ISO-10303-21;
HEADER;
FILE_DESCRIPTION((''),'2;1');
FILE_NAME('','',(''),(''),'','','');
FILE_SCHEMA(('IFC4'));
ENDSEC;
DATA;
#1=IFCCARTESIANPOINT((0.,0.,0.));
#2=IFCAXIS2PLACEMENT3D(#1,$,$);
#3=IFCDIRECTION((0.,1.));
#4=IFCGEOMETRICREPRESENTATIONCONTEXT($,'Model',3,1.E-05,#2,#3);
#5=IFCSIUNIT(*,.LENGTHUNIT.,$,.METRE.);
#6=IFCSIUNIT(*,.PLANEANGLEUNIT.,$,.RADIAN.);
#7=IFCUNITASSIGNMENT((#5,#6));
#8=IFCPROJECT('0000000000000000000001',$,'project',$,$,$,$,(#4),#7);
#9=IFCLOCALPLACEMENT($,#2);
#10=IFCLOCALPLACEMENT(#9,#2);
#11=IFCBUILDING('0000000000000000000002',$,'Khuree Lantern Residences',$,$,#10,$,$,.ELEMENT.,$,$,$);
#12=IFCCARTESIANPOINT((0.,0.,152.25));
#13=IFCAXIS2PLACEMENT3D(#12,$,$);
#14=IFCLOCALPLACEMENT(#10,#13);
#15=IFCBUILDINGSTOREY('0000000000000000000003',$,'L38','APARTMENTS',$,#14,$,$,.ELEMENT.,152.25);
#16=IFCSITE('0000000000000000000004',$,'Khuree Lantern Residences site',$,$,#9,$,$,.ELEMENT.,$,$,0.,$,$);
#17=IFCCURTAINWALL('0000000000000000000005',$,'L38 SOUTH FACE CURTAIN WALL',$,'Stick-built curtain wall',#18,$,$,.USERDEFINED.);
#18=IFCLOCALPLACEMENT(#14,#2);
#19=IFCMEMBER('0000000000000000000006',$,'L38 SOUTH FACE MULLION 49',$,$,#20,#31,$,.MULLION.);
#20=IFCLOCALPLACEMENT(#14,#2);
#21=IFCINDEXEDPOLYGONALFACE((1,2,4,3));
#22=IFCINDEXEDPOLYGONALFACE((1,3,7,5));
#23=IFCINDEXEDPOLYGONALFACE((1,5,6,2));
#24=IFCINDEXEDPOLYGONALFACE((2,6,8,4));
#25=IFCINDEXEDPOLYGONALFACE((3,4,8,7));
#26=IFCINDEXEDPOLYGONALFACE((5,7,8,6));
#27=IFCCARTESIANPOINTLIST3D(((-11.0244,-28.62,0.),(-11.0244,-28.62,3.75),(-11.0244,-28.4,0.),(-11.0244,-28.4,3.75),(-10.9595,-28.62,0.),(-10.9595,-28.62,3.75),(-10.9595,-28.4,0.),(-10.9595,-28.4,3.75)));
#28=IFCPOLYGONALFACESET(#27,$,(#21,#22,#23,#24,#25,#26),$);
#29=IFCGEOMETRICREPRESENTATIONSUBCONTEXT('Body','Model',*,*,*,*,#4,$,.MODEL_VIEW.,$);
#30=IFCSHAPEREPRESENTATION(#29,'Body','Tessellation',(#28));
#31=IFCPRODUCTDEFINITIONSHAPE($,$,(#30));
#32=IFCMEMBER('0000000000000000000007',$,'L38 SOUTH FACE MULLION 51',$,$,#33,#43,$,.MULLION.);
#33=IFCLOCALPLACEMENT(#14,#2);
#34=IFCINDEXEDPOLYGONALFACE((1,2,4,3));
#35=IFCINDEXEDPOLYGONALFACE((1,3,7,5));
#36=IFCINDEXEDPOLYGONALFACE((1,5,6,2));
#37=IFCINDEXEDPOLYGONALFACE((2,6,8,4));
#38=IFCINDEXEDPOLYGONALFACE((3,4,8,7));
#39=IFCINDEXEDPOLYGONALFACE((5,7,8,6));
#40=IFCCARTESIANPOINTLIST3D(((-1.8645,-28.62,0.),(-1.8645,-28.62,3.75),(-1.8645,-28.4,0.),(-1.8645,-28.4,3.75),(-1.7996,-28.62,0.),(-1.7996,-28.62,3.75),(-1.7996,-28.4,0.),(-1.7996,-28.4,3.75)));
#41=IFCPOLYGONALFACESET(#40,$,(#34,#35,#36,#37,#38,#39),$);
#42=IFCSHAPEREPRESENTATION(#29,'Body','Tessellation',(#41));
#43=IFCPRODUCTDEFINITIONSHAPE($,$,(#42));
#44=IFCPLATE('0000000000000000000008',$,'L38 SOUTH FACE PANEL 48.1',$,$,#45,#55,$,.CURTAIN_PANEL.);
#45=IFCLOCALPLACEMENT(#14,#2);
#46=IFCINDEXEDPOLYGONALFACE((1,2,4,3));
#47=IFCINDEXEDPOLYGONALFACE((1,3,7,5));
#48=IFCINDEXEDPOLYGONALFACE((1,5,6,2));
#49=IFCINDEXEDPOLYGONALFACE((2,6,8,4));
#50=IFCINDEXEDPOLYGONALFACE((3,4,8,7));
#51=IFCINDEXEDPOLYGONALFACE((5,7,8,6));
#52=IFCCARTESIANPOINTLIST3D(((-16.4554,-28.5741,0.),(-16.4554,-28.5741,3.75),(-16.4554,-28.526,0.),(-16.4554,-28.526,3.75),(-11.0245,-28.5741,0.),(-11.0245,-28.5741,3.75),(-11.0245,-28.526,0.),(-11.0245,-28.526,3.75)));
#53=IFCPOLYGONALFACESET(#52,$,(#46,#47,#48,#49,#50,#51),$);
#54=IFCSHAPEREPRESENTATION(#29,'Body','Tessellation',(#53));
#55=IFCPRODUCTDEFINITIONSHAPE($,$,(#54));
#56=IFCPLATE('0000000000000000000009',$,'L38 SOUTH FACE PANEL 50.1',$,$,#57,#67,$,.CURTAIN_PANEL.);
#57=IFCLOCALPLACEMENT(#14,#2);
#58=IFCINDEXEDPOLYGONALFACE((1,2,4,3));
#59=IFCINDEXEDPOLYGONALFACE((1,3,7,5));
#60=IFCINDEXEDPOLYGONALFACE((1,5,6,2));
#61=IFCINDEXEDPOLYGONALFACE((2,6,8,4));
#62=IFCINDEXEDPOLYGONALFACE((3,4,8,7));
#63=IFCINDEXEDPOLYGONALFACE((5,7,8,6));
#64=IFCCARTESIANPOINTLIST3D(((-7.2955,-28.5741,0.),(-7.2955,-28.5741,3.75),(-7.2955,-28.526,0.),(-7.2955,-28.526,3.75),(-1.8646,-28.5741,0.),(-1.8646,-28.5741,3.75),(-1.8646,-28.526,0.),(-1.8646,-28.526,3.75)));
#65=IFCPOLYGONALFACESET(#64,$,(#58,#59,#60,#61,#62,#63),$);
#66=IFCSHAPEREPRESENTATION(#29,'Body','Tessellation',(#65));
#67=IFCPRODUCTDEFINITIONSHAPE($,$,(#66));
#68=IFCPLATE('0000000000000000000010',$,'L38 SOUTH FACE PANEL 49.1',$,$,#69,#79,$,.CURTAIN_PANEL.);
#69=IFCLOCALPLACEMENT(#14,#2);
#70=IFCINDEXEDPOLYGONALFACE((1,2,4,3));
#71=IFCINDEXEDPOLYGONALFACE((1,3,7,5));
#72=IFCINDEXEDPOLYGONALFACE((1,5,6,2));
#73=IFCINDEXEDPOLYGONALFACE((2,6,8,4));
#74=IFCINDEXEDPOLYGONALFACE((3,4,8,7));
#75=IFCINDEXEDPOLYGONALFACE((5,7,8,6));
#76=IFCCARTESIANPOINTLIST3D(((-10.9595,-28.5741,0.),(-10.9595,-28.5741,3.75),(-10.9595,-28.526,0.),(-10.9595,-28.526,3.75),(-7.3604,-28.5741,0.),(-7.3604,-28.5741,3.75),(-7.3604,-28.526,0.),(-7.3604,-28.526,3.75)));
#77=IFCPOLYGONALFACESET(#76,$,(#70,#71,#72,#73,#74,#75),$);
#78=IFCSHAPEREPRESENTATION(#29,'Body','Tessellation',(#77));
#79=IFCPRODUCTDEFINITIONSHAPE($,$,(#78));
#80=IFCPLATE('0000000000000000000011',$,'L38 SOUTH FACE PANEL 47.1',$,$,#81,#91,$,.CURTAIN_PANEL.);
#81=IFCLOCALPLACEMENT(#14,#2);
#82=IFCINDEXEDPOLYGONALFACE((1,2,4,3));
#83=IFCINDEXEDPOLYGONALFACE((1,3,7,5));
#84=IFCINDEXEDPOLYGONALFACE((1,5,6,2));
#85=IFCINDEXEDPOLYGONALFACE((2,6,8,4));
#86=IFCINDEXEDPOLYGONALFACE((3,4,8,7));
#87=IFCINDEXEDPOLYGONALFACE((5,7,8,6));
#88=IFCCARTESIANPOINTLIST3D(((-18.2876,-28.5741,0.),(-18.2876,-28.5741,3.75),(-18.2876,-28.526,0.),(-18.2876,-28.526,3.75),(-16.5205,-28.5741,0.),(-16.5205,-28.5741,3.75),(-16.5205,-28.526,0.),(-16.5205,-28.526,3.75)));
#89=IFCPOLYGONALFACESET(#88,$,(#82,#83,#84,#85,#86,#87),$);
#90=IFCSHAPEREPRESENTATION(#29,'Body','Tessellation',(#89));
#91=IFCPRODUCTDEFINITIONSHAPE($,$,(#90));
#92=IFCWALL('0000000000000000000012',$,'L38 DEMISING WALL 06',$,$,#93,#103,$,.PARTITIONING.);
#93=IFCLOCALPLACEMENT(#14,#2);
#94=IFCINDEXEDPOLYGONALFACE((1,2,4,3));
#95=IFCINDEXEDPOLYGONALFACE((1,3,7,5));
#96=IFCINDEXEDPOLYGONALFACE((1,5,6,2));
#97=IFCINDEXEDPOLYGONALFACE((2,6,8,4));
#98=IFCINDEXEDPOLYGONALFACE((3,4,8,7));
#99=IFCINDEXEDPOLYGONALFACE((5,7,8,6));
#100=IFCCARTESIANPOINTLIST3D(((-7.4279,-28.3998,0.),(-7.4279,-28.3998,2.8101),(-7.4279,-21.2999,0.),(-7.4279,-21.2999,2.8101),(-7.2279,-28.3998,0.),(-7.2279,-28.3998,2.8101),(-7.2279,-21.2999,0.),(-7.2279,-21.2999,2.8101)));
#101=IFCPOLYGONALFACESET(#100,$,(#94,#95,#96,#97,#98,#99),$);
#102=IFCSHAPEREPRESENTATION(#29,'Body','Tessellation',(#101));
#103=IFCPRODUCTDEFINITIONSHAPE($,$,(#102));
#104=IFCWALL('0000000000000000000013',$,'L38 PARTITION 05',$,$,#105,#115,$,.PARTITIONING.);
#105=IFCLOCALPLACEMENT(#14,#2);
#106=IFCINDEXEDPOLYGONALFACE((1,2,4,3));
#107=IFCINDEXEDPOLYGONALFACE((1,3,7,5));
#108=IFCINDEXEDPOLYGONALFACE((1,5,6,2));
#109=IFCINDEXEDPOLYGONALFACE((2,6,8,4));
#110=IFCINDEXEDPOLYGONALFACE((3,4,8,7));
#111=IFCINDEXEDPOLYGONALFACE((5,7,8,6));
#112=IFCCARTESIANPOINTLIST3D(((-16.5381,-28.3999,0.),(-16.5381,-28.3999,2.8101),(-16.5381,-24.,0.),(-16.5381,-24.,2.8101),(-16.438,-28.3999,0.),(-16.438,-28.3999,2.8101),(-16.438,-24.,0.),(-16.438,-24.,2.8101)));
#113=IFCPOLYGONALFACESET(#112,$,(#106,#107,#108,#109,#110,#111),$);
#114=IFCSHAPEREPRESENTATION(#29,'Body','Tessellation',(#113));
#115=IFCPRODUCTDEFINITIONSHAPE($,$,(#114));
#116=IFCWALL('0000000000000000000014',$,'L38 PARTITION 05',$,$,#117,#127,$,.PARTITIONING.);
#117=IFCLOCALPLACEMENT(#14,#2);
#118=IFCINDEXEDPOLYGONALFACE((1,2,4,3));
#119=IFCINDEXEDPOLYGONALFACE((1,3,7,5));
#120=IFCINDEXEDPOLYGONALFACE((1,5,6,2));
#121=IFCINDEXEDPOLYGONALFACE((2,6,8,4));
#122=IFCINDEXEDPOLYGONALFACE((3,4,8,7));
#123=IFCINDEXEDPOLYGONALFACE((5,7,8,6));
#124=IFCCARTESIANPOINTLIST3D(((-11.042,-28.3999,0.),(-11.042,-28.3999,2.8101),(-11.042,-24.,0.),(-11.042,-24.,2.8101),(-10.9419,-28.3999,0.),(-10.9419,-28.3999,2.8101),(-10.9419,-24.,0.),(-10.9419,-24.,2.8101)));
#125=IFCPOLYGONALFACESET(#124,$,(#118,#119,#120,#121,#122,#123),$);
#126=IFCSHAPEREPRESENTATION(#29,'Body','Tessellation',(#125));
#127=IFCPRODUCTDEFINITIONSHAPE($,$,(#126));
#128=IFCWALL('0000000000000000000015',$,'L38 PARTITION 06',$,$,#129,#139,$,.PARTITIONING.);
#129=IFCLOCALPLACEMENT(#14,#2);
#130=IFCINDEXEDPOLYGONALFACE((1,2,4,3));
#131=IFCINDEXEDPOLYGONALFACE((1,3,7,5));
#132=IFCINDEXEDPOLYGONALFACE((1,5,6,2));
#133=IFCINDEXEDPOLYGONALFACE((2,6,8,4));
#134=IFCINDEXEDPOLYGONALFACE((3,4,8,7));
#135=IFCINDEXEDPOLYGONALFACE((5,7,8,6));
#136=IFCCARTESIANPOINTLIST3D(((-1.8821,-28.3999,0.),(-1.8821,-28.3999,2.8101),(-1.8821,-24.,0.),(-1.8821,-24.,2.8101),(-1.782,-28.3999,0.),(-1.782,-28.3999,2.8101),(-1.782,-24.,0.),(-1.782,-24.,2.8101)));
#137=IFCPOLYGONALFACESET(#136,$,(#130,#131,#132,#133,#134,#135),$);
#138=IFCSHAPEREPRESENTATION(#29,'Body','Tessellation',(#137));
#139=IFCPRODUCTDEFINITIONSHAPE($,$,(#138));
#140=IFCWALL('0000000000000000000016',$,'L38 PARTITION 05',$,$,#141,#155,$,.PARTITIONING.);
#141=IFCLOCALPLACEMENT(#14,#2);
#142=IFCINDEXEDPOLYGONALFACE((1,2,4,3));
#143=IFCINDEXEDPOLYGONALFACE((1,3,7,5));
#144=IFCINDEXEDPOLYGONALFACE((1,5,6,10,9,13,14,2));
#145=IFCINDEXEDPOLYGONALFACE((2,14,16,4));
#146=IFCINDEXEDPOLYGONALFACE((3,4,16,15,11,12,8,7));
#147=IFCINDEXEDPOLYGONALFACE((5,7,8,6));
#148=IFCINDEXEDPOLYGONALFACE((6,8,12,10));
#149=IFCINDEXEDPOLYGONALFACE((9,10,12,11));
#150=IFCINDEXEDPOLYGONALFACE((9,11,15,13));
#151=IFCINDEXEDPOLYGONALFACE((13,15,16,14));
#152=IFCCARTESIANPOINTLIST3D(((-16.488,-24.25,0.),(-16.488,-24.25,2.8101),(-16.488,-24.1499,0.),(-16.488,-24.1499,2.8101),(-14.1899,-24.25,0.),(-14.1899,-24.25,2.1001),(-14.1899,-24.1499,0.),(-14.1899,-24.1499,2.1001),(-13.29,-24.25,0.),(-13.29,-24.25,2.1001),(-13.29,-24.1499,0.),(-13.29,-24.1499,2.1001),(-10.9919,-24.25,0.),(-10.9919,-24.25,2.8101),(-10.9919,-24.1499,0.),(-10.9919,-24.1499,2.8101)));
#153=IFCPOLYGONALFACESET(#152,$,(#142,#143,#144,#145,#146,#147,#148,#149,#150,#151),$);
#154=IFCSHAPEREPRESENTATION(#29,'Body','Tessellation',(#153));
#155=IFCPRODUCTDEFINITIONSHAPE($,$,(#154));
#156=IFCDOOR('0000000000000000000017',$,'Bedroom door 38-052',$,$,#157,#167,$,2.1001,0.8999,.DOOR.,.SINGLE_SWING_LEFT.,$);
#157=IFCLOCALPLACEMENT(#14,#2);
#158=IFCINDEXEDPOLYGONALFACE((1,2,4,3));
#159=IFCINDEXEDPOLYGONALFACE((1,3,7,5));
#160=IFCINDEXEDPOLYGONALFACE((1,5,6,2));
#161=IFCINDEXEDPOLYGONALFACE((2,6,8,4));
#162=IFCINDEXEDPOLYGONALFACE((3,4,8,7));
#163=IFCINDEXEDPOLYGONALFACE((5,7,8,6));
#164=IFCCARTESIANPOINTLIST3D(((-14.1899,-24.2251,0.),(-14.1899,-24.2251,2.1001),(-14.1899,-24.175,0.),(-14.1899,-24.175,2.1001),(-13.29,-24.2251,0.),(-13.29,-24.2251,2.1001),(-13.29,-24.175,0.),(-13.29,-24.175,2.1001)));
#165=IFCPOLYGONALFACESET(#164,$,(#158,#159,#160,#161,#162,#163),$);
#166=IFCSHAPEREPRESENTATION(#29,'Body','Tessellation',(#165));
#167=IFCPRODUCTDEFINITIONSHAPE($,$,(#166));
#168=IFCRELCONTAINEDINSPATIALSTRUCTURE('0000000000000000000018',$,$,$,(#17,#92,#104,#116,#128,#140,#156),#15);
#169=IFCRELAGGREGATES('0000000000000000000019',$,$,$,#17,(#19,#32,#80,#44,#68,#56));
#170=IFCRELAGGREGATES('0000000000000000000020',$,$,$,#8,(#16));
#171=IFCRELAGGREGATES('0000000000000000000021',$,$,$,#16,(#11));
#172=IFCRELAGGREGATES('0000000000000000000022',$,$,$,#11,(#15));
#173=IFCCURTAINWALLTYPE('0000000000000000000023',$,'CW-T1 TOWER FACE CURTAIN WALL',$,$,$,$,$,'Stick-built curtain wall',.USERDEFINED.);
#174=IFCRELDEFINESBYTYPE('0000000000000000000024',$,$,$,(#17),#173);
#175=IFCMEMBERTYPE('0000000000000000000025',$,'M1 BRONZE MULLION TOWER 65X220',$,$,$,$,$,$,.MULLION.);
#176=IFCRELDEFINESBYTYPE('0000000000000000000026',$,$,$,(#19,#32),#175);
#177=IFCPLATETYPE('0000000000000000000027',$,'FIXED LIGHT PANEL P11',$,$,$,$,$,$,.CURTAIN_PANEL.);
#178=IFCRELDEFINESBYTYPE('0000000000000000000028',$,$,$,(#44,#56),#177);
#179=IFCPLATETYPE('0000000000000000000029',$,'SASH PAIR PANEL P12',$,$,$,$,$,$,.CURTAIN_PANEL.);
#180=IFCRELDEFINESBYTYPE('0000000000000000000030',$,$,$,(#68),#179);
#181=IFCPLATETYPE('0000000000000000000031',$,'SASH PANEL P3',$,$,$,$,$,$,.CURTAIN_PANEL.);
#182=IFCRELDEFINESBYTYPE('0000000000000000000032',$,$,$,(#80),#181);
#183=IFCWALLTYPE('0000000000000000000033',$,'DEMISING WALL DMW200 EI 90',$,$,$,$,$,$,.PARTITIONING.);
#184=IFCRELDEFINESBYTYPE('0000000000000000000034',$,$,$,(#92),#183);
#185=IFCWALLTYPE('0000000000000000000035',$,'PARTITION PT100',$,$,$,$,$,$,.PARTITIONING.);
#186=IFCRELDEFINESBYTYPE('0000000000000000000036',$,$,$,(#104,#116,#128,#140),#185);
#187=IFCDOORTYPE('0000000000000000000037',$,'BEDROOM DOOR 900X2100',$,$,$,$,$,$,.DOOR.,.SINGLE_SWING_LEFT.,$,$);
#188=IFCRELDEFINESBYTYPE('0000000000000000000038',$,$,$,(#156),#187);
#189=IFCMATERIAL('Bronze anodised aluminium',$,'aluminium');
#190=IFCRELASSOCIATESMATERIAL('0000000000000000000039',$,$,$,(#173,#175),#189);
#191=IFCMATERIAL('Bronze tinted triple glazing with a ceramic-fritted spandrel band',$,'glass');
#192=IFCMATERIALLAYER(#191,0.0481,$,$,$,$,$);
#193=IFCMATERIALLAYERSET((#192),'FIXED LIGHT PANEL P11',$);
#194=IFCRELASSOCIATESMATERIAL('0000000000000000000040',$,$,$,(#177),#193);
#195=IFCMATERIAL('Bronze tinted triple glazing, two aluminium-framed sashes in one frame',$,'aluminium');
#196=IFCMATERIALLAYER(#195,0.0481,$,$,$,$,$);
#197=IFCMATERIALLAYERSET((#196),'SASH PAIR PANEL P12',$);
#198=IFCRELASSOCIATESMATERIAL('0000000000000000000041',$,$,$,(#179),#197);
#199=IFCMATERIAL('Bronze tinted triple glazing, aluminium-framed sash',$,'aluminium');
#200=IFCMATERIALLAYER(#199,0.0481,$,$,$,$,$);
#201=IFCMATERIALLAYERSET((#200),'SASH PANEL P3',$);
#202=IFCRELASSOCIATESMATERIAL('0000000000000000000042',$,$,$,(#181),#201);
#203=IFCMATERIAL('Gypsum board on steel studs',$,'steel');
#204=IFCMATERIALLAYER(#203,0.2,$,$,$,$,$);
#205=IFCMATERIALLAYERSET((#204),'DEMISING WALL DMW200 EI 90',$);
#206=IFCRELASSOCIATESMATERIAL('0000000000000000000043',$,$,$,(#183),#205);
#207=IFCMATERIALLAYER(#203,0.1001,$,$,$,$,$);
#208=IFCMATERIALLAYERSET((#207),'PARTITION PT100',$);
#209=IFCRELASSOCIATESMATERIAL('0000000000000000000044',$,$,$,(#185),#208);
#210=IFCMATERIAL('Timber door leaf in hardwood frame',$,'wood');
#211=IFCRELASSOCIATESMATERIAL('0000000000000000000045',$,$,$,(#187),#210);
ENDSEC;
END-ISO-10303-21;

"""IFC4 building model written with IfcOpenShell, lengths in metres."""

from ifc_helpers import new_model, si_unit, direction, frame, frame_2d, origin, origin_2d, place, context, subcontext, project, spatial, rectangle, extrude, material, layer, layer_set, material_profile, profile_set, type_object, element, fill, aggregate, save


model = new_model("IFC4")

# Units and contexts
model_context = context("Model", 3, precision=1e-05, world=origin(), true_north=direction((0.0, 1.0)))
body_context = subcontext(model_context, "Body", "Model", "MODEL_VIEW")
ifc_project = project(units=[si_unit("LENGTHUNIT", "METRE"), si_unit("PLANEANGLEUNIT", "RADIAN")], contexts=[model_context])

# Site, building, storey
site_placement = place(None, origin())
site = spatial("IfcSite", under=ifc_project, at=site_placement, Name="Khuree Lantern Residences site", CompositionType="ELEMENT", RefElevation=0.0)
building_placement = place(site_placement, origin())
building = spatial("IfcBuilding", under=site, at=building_placement, Name="Khuree Lantern Residences", CompositionType="ELEMENT")
storey_placement = place(building_placement, frame((0.0, 0.0, 152.25)))
storey = spatial("IfcBuildingStorey", under=building, at=storey_placement, Name="L38", Description="APARTMENTS", CompositionType="ELEMENT", Elevation=152.25)

# Curtain wall
ifc_material_1 = material(Name="Bronze anodised aluminium", Category="aluminium")
curtain_wall_type = type_object("IfcCurtainWallType", Name="CW-T1 TOWER FACE CURTAIN WALL", ElementType="Stick-built curtain wall", PredefinedType="USERDEFINED", material=ifc_material_1)
curtain_wall_placement = place(storey_placement, origin())
curtain_wall = element("IfcCurtainWall", 1, at=curtain_wall_placement, inside=storey, type_object=curtain_wall_type, Name="L38 SOUTH FACE CURTAIN WALL", ObjectType="Stick-built curtain wall", PredefinedType="USERDEFINED")

# Members
ifc_material_profile_1 = material_profile(ifc_material_1, rectangle(XDim=0.0649, YDim=0.22, at=origin_2d()), Name="M1 65X220")
ifc_profile_set_1 = profile_set([ifc_material_profile_1], Name="Bronze anodised aluminium")
member_type_1 = type_object("IfcMemberType", Name="M1 BRONZE MULLION TOWER 65X220", PredefinedType="MULLION", material=ifc_profile_set_1)
member_1_placement = place(storey_placement, frame((-10.9919, -28.51, 0.0), z_axis=(0.0, 0.0, 1.0), x_axis=(1.0, 0.0, 0.0)))
member_1 = element("IfcMember", 2, at=member_1_placement, type_object=member_type_1, Name="L38 SOUTH FACE MULLION 49", PredefinedType="MULLION", context=body_context, shape_type="SweptSolid", body=[
    extrude(rectangle(XDim=0.0649, YDim=0.22, at=origin_2d()), origin(), (0.0, 0.0, 1.0), 3.75),
])
member_2_placement = place(storey_placement, frame((-1.832, -28.51, 0.0), z_axis=(0.0, 0.0, 1.0), x_axis=(1.0, 0.0, 0.0)))
member_2 = element("IfcMember", 3, at=member_2_placement, type_object=member_type_1, Name="L38 SOUTH FACE MULLION 51", PredefinedType="MULLION", context=body_context, shape_type="SweptSolid", body=[
    extrude(rectangle(XDim=0.0649, YDim=0.22, at=origin_2d()), origin(), (0.0, 0.0, 1.0), 3.75),
])

# Plates
ifc_material_2 = material(Name="Bronze tinted triple glazing with a ceramic-fritted spandrel band", Category="glass")
ifc_layer_1 = layer(ifc_material_2, 0.0481)
ifc_layer_set_1 = layer_set([ifc_layer_1], Name="FIXED LIGHT PANEL P11")
plate_type_1 = type_object("IfcPlateType", Name="FIXED LIGHT PANEL P11", PredefinedType="CURTAIN_PANEL", material=ifc_layer_set_1)
plate_1_placement = place(storey_placement, frame((-13.74, -28.55, 0.0), z_axis=(0.0, 0.0, 1.0), x_axis=(1.0, 0.0, 0.0)))
plate_1 = element("IfcPlate", 4, at=plate_1_placement, type_object=plate_type_1, Name="L38 SOUTH FACE PANEL 48.1", PredefinedType="CURTAIN_PANEL", context=body_context, shape_type="SweptSolid", body=[
    extrude(rectangle(XDim=5.4309, YDim=0.0481, at=origin_2d()), origin(), (0.0, 0.0, 1.0), 3.75),
])
plate_2_placement = place(storey_placement, frame((-4.5801, -28.55, 0.0), z_axis=(0.0, 0.0, 1.0), x_axis=(1.0, 0.0, 0.0)))
plate_2 = element("IfcPlate", 5, at=plate_2_placement, type_object=plate_type_1, Name="L38 SOUTH FACE PANEL 50.1", PredefinedType="CURTAIN_PANEL", context=body_context, shape_type="SweptSolid", body=[
    extrude(rectangle(XDim=5.4309, YDim=0.0481, at=origin_2d()), origin(), (0.0, 0.0, 1.0), 3.75),
])
ifc_material_3 = material(Name="Bronze tinted triple glazing, two aluminium-framed sashes in one frame", Category="aluminium")
ifc_layer_2 = layer(ifc_material_3, 0.0481)
ifc_layer_set_2 = layer_set([ifc_layer_2], Name="SASH PAIR PANEL P12")
plate_type_2 = type_object("IfcPlateType", Name="SASH PAIR PANEL P12", PredefinedType="CURTAIN_PANEL", material=ifc_layer_set_2)
plate_3_placement = place(storey_placement, frame((-9.1599, -28.55, 0.0), z_axis=(0.0, 0.0, 1.0), x_axis=(1.0, 0.0, 0.0)))
plate_3 = element("IfcPlate", 6, at=plate_3_placement, type_object=plate_type_2, Name="L38 SOUTH FACE PANEL 49.1", PredefinedType="CURTAIN_PANEL", context=body_context, shape_type="SweptSolid", body=[
    extrude(rectangle(XDim=3.5991, YDim=0.0481, at=origin_2d()), origin(), (0.0, 0.0, 1.0), 3.75),
])
ifc_material_4 = material(Name="Bronze tinted triple glazing, aluminium-framed sash", Category="aluminium")
ifc_layer_3 = layer(ifc_material_4, 0.0481)
ifc_layer_set_3 = layer_set([ifc_layer_3], Name="SASH PANEL P3")
plate_type_3 = type_object("IfcPlateType", Name="SASH PANEL P3", PredefinedType="CURTAIN_PANEL", material=ifc_layer_set_3)
plate_4_placement = place(storey_placement, frame((-17.4041, -28.55, 0.0), z_axis=(0.0, 0.0, 1.0), x_axis=(1.0, 0.0, 0.0)))
plate_4 = element("IfcPlate", 7, at=plate_4_placement, type_object=plate_type_3, Name="L38 SOUTH FACE PANEL 47.1", PredefinedType="CURTAIN_PANEL", context=body_context, shape_type="SweptSolid", body=[
    extrude(rectangle(XDim=1.7671, YDim=0.0481, at=origin_2d()), origin(), (0.0, 0.0, 1.0), 3.75),
])
aggregate(curtain_wall, [member_1, member_2, plate_4, plate_1, plate_3, plate_2])

# Walls
ifc_material_5 = material(Name="Gypsum board on steel studs", Category="steel")
ifc_layer_4 = layer(ifc_material_5, 0.2)
ifc_layer_set_4 = layer_set([ifc_layer_4], Name="DEMISING WALL DMW200 EI 90")
wall_type_1 = type_object("IfcWallType", Name="DEMISING WALL DMW200 EI 90", PredefinedType="PARTITIONING", material=ifc_layer_set_4)
wall_1_placement = place(storey_placement, frame((-7.3279, -21.3, 0.0), z_axis=(0.0, 0.0, 1.0), x_axis=(0.0, -1.0, 0.0)))
element("IfcWall", 8, at=wall_1_placement, inside=storey, type_object=wall_type_1, Name="L38 DEMISING WALL 06", PredefinedType="PARTITIONING", context=body_context, shape_type="SweptSolid", body=[
    extrude(rectangle(XDim=7.0999, YDim=0.2, at=frame_2d((3.5498, 0.0))), origin(), (0.0, 0.0, 1.0), 2.8101),
])
ifc_layer_5 = layer(ifc_material_5, 0.1001)
ifc_layer_set_5 = layer_set([ifc_layer_5], Name="PARTITION PT100")
wall_type_2 = type_object("IfcWallType", Name="PARTITION PT100", PredefinedType="PARTITIONING", material=ifc_layer_set_5)
for number, where, z_axis, x_axis, name in (
    (9, (-16.488, -24.0, 0.0), (0.0, 0.0, 1.0), (0.0, -1.0, 0.0), "L38 PARTITION 05"),
    (10, (-10.9919, -24.0, 0.0), (0.0, 0.0, 1.0), (0.0, -1.0, 0.0), "L38 PARTITION 05"),
    (11, (-1.832, -24.0, 0.0), (0.0, 0.0, 1.0), (0.0, -1.0, 0.0), "L38 PARTITION 06"),
):
    element("IfcWall", number, at=place(storey_placement, frame(where, z_axis=z_axis, x_axis=x_axis)), inside=storey, type_object=wall_type_2, Name=name, PredefinedType="PARTITIONING", context=body_context, shape_type="SweptSolid", body=[
        extrude(rectangle(XDim=4.3999, YDim=0.1001, at=frame_2d((2.2, 0.0))), origin(), (0.0, 0.0, 1.0), 2.8101),
    ])

# Wall, opening, door
wall_2_placement = place(storey_placement, frame((-16.488, -24.2, 0.0), z_axis=(0.0, 0.0, 1.0), x_axis=(1.0, 0.0, 0.0)))
wall_2 = element("IfcWall", 12, at=wall_2_placement, inside=storey, type_object=wall_type_2, Name="L38 PARTITION 05", PredefinedType="PARTITIONING", context=body_context, shape_type="SweptSolid", body=[
    extrude(rectangle(XDim=5.4961, YDim=0.1001, at=frame_2d((2.748, 0.0))), origin(), (0.0, 0.0, 1.0), 2.8101),
])
opening_1_placement = place(wall_2_placement, frame((2.2981, 0.0, 0.0)))
opening_1 = element("IfcOpeningElement", 13, at=opening_1_placement, cuts=wall_2, PredefinedType="OPENING", context=body_context, shape_type="SweptSolid", body=[
    extrude(rectangle(XDim=0.8999, YDim=2.1001, at=frame_2d((0.45, 1.05))), frame((0.0, 0.0601, 0.0), z_axis=(0.0, -1.0, 0.0), x_axis=(1.0, 0.0, 0.0)), (0.0, 0.0, 1.0), 0.1201),
])
ifc_material_6 = material(Name="Timber door leaf in hardwood frame", Category="wood")
door_type = type_object("IfcDoorType", Name="BEDROOM DOOR 900X2100", OperationType="SINGLE_SWING_LEFT", PredefinedType="DOOR", material=ifc_material_6)
door_1_placement = place(opening_1_placement, origin())
door_1 = element("IfcDoor", 14, at=door_1_placement, inside=storey, type_object=door_type, Name="Bedroom door 38-052", OperationType="SINGLE_SWING_LEFT", OverallHeight=2.1001, OverallWidth=0.8999, PredefinedType="DOOR", context=body_context, shape_type="SweptSolid", body=[
    extrude(rectangle(XDim=0.8999, YDim=2.1001, at=frame_2d((0.45, 1.05))), frame((0.0, 0.0249, 0.0), z_axis=(0.0, -1.0, 0.0), x_axis=(1.0, 0.0, 0.0)), (0.0, 0.0, 1.0), 0.05),
])
fill(opening_1, door_1)

save(model, "model.ifc")
